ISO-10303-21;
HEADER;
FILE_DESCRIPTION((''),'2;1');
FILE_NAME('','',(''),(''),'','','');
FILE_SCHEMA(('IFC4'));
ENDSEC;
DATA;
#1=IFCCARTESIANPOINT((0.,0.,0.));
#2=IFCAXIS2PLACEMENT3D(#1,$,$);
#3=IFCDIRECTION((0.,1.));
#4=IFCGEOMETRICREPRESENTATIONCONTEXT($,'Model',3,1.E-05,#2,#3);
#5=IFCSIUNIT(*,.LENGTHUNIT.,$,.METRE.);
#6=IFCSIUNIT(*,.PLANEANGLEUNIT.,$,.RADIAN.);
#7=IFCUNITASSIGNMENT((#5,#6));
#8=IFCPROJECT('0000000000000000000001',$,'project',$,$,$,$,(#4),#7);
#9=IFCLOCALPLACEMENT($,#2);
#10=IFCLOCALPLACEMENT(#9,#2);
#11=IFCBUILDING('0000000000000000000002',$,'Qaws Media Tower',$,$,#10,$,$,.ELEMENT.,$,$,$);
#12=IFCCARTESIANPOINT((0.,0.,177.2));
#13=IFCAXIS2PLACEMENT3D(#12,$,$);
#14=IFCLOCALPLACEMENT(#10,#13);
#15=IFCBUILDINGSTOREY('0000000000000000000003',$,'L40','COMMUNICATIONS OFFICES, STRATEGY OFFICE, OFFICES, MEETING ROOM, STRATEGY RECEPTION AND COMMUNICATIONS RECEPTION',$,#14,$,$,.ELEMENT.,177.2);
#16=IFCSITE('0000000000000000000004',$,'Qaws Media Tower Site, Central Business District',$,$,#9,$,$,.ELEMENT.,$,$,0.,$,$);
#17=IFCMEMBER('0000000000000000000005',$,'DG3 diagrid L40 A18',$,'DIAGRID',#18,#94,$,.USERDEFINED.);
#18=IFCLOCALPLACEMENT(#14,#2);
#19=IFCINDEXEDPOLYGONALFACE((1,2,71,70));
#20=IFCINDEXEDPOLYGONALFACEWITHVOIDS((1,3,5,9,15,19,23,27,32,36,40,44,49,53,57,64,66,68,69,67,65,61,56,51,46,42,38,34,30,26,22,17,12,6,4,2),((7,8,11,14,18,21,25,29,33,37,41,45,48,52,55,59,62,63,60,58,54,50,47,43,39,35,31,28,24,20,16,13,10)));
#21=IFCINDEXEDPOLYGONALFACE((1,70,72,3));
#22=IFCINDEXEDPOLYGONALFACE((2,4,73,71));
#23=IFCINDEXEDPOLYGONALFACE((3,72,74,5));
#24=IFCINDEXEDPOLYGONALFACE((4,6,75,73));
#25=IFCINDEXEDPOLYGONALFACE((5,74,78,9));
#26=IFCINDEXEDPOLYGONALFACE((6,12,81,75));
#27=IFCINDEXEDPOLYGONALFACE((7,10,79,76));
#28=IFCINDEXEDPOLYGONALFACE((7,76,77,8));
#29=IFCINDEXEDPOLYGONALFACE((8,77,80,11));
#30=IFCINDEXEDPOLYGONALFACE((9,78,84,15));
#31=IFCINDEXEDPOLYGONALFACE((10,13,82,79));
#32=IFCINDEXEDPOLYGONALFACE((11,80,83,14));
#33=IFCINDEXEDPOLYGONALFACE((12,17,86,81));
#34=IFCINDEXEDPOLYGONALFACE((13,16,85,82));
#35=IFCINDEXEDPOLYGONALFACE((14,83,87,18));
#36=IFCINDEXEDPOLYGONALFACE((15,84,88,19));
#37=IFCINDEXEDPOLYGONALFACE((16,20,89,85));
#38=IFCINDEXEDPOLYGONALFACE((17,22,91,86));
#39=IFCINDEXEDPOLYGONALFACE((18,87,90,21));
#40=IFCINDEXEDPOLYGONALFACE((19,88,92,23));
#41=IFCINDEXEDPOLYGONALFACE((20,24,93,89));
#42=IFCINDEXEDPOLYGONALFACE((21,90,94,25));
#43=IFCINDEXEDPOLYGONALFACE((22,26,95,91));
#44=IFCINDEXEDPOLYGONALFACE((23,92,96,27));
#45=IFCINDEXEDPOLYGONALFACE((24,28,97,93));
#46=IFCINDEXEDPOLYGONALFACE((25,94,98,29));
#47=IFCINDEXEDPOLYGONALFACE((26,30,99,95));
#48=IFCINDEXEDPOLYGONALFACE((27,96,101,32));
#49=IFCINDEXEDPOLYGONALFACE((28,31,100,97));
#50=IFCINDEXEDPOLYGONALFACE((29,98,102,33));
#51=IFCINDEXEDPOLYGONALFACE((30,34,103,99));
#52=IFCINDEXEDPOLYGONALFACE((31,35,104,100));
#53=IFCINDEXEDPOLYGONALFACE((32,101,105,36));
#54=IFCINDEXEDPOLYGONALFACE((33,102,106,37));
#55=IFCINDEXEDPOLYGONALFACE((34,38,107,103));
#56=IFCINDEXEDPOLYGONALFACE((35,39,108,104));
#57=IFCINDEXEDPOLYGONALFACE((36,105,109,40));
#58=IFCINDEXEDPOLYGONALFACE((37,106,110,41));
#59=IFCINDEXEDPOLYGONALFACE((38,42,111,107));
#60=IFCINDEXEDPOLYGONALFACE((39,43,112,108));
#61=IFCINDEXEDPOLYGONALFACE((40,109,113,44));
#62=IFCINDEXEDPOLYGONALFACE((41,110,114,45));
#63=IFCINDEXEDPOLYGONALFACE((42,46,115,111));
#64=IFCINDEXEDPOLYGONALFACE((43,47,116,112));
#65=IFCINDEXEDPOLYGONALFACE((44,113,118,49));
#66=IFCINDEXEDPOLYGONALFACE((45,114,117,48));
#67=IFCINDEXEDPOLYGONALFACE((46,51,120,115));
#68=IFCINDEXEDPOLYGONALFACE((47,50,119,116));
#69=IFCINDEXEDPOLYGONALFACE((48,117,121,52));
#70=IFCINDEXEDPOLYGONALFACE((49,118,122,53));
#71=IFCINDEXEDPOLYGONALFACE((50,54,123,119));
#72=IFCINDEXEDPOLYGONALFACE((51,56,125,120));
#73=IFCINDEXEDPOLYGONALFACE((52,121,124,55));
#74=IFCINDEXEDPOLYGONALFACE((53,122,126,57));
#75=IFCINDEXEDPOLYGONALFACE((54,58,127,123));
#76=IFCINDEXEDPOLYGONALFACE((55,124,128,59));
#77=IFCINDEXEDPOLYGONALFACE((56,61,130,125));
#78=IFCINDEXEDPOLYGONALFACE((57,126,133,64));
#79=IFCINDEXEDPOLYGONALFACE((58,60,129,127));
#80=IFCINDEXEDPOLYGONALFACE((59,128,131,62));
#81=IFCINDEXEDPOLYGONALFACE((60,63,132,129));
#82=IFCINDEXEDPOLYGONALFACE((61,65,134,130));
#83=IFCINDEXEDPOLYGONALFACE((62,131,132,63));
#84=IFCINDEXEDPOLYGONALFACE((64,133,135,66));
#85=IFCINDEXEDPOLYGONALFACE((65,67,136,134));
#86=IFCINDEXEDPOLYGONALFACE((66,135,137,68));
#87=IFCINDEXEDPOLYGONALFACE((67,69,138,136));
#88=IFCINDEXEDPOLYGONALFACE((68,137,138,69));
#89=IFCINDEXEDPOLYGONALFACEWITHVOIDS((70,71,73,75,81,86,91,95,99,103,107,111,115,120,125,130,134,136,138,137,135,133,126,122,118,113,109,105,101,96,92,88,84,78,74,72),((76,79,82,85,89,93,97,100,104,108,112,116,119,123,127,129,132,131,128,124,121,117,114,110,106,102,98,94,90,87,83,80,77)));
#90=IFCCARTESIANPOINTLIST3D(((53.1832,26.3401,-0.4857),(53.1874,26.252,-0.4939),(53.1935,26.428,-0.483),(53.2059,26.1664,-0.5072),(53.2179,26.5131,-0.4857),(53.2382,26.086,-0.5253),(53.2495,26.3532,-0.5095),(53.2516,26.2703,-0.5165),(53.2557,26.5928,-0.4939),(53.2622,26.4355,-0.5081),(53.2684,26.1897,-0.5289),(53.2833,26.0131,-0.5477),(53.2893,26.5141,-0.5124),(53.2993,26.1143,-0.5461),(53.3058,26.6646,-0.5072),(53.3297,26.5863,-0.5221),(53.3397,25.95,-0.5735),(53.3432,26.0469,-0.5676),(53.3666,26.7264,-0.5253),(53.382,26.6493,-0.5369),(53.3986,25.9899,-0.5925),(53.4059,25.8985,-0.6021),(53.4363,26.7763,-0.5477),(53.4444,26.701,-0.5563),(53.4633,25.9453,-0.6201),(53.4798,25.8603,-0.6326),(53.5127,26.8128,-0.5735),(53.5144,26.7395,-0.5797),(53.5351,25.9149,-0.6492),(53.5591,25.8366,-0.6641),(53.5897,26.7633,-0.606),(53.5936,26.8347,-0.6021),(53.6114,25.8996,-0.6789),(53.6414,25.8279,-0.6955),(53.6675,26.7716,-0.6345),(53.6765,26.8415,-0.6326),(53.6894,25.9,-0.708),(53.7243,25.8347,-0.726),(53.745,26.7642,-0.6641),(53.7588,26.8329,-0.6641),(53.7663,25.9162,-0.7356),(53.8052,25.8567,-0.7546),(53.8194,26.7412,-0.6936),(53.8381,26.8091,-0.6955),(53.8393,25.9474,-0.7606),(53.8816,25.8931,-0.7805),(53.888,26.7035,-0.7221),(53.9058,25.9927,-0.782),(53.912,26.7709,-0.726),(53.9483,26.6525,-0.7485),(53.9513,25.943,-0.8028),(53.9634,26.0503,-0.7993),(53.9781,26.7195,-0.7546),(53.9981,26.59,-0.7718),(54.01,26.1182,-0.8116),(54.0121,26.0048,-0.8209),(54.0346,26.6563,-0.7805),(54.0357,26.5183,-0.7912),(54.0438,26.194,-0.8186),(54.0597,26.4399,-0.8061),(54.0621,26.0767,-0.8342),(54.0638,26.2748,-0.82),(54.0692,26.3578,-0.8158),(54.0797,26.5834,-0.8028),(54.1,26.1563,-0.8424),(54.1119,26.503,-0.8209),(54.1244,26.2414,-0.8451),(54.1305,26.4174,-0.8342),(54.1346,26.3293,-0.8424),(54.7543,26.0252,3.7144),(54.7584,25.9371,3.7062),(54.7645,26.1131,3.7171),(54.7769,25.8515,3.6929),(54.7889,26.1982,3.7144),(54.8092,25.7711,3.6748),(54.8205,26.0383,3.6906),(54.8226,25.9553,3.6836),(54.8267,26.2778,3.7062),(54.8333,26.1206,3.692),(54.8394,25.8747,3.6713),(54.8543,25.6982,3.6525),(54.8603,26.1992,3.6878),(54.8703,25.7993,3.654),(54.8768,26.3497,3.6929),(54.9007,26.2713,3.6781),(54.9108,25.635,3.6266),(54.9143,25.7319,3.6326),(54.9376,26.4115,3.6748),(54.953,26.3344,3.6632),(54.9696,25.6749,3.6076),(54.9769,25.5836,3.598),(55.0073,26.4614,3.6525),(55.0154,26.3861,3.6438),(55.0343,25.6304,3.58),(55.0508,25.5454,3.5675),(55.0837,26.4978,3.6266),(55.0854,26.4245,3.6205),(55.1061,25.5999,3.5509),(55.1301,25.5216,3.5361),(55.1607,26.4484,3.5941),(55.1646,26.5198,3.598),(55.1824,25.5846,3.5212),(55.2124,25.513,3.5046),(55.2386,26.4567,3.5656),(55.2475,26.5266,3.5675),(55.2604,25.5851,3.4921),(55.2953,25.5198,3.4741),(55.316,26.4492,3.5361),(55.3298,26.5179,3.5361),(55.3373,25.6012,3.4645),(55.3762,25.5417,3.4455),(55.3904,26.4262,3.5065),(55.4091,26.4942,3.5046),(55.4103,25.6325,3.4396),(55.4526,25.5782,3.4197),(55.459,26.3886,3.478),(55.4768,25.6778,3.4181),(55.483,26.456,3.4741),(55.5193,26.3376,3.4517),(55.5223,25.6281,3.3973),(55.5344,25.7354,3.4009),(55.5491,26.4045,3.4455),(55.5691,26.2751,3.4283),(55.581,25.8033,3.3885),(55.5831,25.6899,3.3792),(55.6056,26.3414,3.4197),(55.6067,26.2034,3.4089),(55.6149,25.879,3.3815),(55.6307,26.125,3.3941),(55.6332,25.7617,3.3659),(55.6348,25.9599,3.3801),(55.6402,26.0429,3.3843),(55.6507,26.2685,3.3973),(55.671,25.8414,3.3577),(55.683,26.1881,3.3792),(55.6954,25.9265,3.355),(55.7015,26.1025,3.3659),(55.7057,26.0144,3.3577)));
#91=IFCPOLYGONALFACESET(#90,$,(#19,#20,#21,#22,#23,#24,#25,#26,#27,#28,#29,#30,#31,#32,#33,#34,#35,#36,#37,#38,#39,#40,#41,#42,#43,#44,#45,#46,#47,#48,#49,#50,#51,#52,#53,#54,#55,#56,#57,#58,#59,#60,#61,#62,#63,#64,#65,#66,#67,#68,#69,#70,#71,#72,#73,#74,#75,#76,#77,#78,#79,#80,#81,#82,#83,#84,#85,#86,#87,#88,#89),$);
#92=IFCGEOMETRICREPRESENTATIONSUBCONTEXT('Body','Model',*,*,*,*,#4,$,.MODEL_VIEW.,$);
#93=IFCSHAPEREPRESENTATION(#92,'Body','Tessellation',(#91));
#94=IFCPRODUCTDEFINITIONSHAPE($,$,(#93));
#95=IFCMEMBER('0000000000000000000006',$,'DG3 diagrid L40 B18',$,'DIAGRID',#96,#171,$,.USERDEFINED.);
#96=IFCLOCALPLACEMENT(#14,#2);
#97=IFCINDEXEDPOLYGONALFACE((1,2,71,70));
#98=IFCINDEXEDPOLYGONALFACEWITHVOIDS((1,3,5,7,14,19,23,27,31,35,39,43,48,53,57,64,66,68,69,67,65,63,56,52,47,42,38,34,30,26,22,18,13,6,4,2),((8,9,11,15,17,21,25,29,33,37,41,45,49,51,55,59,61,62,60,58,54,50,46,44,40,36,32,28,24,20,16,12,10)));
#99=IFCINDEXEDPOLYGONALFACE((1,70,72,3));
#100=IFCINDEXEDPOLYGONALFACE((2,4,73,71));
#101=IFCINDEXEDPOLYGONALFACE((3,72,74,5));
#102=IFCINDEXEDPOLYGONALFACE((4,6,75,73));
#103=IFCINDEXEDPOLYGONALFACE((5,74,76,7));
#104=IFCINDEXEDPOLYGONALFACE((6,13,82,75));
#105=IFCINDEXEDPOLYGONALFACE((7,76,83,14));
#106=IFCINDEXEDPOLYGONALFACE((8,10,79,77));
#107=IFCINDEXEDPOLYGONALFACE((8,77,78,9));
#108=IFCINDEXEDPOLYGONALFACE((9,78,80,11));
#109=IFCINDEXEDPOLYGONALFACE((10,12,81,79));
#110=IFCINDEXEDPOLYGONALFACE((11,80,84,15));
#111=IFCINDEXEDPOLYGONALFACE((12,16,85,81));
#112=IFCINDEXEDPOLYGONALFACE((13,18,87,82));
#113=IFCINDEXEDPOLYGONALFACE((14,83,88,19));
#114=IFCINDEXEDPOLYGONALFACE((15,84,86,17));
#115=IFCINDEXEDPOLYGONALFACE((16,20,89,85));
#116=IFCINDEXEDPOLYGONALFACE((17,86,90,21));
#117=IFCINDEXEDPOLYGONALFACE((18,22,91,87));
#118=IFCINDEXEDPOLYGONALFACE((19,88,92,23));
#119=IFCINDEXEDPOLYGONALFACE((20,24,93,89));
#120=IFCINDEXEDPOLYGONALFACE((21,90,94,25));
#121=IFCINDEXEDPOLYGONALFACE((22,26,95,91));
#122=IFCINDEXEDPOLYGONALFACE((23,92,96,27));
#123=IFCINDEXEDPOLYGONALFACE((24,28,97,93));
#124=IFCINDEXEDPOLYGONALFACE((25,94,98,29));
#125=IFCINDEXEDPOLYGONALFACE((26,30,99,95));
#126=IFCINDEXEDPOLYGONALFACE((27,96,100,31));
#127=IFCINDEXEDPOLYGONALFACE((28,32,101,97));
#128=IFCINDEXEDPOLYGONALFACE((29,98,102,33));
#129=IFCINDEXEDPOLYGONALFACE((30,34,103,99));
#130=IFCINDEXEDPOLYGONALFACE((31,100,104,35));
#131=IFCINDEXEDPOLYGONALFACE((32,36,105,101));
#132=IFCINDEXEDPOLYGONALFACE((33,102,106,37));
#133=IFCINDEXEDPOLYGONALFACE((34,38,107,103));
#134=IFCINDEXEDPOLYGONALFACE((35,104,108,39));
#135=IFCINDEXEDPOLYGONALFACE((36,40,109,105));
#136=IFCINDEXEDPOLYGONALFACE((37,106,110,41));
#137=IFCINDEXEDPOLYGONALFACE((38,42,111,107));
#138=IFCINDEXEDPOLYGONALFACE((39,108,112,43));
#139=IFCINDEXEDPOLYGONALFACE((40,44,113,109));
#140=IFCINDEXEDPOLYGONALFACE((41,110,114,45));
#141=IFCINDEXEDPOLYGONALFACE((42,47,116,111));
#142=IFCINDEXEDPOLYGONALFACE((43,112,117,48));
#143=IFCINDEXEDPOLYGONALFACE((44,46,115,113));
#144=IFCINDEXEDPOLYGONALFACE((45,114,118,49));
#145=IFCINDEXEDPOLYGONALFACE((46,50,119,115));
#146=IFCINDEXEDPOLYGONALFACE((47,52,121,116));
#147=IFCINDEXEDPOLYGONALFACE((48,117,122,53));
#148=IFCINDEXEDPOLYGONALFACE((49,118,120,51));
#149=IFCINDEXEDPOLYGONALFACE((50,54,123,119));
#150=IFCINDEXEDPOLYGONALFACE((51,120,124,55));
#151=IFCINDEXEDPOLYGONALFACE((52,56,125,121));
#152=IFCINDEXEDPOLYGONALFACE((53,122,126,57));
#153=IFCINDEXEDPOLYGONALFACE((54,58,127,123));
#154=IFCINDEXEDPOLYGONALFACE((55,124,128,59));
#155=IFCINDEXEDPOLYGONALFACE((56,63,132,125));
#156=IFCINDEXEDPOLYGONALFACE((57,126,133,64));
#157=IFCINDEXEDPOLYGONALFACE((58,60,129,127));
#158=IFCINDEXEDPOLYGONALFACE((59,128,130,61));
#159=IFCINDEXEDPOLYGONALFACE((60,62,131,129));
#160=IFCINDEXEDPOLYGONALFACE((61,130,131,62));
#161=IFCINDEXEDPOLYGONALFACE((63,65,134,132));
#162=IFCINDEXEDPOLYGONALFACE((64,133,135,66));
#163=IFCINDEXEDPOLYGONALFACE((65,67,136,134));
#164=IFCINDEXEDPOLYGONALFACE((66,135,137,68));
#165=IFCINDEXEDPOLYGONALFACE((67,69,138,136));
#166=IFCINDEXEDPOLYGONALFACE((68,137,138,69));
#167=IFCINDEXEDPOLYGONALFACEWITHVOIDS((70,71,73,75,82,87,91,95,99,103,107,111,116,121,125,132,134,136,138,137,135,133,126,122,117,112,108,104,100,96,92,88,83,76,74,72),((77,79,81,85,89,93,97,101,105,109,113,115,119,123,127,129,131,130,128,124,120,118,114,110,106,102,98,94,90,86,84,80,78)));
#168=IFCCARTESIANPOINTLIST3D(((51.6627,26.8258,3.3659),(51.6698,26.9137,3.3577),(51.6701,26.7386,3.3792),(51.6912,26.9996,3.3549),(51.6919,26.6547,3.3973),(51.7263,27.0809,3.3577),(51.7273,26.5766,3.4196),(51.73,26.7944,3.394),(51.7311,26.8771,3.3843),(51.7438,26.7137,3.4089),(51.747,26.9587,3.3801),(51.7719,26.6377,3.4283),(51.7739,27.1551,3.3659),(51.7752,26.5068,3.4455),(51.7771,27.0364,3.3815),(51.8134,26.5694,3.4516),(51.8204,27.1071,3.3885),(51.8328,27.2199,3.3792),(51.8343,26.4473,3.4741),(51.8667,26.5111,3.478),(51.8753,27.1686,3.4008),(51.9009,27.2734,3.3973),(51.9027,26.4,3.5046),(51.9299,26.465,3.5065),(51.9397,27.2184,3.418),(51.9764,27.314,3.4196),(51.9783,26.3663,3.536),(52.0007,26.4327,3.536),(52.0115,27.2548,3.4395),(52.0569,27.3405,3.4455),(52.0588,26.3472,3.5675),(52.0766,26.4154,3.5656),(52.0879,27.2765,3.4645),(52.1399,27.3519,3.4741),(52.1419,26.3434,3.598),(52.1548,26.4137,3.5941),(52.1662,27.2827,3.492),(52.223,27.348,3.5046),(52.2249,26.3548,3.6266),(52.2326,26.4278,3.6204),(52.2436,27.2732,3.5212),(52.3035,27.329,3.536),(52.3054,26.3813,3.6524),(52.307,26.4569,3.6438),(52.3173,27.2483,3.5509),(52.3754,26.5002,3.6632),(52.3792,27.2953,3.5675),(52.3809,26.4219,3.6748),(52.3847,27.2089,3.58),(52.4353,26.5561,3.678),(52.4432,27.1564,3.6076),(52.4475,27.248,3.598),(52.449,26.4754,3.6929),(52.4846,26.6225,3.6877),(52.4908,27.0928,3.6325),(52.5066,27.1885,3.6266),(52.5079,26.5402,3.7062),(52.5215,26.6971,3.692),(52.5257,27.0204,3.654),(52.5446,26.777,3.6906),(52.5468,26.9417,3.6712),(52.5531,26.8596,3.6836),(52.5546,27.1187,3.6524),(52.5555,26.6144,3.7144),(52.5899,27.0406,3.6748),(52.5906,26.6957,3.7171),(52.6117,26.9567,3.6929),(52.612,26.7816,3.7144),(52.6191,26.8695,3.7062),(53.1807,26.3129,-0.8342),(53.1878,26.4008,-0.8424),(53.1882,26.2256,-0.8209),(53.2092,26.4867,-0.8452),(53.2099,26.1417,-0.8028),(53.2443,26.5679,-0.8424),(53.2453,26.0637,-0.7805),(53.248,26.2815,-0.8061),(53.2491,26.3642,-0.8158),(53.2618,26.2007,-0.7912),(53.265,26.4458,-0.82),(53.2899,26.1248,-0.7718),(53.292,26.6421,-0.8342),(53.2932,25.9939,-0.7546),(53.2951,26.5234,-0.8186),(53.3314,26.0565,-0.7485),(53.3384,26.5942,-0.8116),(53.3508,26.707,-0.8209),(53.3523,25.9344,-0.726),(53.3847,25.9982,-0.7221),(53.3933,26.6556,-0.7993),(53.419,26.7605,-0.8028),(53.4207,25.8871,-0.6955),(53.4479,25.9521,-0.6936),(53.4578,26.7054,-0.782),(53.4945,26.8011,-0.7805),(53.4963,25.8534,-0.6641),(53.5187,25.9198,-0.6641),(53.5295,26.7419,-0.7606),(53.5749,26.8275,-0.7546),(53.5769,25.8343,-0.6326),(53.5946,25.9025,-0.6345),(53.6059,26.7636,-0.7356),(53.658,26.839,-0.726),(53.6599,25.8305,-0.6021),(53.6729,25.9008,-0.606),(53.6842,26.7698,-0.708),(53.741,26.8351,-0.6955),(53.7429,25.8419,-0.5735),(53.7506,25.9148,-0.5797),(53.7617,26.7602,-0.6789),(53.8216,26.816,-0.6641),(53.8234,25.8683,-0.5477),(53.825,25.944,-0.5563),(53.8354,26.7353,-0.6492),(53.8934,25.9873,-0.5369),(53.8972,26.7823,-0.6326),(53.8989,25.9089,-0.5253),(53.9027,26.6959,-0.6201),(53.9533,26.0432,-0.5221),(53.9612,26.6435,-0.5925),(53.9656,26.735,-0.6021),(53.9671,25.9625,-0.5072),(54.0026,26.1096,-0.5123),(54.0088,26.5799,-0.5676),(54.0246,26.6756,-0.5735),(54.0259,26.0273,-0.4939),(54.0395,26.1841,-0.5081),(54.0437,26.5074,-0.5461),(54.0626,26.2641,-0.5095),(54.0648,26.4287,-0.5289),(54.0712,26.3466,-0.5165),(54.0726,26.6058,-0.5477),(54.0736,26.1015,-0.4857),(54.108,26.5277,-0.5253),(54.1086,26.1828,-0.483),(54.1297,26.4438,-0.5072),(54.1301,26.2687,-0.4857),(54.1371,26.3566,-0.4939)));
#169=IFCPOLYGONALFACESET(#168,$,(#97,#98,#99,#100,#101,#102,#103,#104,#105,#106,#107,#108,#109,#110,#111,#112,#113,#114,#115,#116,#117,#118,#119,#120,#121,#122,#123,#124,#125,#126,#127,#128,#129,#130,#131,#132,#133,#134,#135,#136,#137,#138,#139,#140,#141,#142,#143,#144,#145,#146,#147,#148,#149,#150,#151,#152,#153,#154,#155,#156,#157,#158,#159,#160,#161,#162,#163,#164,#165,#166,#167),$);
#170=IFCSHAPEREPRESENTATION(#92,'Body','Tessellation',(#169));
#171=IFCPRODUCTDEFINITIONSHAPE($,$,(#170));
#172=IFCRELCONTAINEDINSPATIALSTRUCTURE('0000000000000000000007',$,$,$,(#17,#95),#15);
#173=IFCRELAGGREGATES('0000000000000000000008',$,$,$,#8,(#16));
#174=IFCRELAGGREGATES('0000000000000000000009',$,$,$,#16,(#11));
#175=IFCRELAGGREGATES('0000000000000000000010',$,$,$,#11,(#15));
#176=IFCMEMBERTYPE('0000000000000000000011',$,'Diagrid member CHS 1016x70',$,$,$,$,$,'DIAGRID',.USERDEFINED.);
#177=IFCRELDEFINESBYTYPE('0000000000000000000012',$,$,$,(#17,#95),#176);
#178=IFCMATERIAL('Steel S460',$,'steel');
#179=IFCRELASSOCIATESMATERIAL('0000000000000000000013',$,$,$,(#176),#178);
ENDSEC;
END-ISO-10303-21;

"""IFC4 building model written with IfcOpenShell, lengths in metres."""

from ifc_helpers import new_model, si_unit, direction, frame, origin, origin_2d, place, context, subcontext, project, spatial, hollow_circle, extrude, material, material_profile, profile_set, type_object, element, save


model = new_model("IFC4")

# Units and contexts
model_context = context("Model", 3, precision=1e-05, world=origin(), true_north=direction((0.0, 1.0)))
body_context = subcontext(model_context, "Body", "Model", "MODEL_VIEW")
ifc_project = project(units=[si_unit("LENGTHUNIT", "METRE"), si_unit("PLANEANGLEUNIT", "RADIAN")], contexts=[model_context])

# Site, building, storey
site_placement = place(None, origin())
site = spatial("IfcSite", under=ifc_project, at=site_placement, Name="Qaws Media Tower Site, Central Business District", CompositionType="ELEMENT", RefElevation=0.0)
building_placement = place(site_placement, origin())
building = spatial("IfcBuilding", under=site, at=building_placement, Name="Qaws Media Tower", CompositionType="ELEMENT")
storey_placement = place(building_placement, frame((0.0, 0.0, 177.2)))
storey = spatial("IfcBuildingStorey", under=building, at=storey_placement, Name="L40", Description="COMMUNICATIONS OFFICES, STRATEGY OFFICE, OFFICES, MEETING ROOM, STRATEGY RECEPTION AND COMMUNICATIONS RECEPTION", CompositionType="ELEMENT", Elevation=177.2)

# Members
ifc_material_1 = material(Name="Steel S460", Category="steel")
ifc_material_profile_1 = material_profile(ifc_material_1, hollow_circle(Radius=0.5081, WallThickness=0.0701, at=origin_2d()), Name="CHS 1016x70")
ifc_profile_set_1 = profile_set([ifc_material_profile_1], Name="Steel S460")
member_type_1 = type_object("IfcMemberType", Name="Diagrid member CHS 1016x70", ElementType="DIAGRID", PredefinedType="USERDEFINED", material=ifc_profile_set_1)
for number, where, z_axis, x_axis, name in (
    (1, (53.6589, 26.3347, -0.6641), (0.349475, -0.070058, 0.934323), (0.196556, 0.980493, 0.0), "DG3 diagrid L40 A18"),
    (2, (53.6589, 26.3347, -0.6641), (-0.337688, 0.114101, 0.934317), (-0.32011, -0.94738, 0.0), "DG3 diagrid L40 B18"),
):
    element("IfcMember", number, at=place(storey_placement, frame(where, z_axis=z_axis, x_axis=x_axis)), inside=storey, type_object=member_type_1, Name=name, ObjectType="DIAGRID", PredefinedType="USERDEFINED", context=body_context, shape_type="SweptSolid", body=[
        extrude(hollow_circle(Radius=0.5081, WallThickness=0.0701, at=origin_2d()), origin(), (0.0, 0.0, 1.0), 4.4954),
    ])

save(model, "model.ifc")
